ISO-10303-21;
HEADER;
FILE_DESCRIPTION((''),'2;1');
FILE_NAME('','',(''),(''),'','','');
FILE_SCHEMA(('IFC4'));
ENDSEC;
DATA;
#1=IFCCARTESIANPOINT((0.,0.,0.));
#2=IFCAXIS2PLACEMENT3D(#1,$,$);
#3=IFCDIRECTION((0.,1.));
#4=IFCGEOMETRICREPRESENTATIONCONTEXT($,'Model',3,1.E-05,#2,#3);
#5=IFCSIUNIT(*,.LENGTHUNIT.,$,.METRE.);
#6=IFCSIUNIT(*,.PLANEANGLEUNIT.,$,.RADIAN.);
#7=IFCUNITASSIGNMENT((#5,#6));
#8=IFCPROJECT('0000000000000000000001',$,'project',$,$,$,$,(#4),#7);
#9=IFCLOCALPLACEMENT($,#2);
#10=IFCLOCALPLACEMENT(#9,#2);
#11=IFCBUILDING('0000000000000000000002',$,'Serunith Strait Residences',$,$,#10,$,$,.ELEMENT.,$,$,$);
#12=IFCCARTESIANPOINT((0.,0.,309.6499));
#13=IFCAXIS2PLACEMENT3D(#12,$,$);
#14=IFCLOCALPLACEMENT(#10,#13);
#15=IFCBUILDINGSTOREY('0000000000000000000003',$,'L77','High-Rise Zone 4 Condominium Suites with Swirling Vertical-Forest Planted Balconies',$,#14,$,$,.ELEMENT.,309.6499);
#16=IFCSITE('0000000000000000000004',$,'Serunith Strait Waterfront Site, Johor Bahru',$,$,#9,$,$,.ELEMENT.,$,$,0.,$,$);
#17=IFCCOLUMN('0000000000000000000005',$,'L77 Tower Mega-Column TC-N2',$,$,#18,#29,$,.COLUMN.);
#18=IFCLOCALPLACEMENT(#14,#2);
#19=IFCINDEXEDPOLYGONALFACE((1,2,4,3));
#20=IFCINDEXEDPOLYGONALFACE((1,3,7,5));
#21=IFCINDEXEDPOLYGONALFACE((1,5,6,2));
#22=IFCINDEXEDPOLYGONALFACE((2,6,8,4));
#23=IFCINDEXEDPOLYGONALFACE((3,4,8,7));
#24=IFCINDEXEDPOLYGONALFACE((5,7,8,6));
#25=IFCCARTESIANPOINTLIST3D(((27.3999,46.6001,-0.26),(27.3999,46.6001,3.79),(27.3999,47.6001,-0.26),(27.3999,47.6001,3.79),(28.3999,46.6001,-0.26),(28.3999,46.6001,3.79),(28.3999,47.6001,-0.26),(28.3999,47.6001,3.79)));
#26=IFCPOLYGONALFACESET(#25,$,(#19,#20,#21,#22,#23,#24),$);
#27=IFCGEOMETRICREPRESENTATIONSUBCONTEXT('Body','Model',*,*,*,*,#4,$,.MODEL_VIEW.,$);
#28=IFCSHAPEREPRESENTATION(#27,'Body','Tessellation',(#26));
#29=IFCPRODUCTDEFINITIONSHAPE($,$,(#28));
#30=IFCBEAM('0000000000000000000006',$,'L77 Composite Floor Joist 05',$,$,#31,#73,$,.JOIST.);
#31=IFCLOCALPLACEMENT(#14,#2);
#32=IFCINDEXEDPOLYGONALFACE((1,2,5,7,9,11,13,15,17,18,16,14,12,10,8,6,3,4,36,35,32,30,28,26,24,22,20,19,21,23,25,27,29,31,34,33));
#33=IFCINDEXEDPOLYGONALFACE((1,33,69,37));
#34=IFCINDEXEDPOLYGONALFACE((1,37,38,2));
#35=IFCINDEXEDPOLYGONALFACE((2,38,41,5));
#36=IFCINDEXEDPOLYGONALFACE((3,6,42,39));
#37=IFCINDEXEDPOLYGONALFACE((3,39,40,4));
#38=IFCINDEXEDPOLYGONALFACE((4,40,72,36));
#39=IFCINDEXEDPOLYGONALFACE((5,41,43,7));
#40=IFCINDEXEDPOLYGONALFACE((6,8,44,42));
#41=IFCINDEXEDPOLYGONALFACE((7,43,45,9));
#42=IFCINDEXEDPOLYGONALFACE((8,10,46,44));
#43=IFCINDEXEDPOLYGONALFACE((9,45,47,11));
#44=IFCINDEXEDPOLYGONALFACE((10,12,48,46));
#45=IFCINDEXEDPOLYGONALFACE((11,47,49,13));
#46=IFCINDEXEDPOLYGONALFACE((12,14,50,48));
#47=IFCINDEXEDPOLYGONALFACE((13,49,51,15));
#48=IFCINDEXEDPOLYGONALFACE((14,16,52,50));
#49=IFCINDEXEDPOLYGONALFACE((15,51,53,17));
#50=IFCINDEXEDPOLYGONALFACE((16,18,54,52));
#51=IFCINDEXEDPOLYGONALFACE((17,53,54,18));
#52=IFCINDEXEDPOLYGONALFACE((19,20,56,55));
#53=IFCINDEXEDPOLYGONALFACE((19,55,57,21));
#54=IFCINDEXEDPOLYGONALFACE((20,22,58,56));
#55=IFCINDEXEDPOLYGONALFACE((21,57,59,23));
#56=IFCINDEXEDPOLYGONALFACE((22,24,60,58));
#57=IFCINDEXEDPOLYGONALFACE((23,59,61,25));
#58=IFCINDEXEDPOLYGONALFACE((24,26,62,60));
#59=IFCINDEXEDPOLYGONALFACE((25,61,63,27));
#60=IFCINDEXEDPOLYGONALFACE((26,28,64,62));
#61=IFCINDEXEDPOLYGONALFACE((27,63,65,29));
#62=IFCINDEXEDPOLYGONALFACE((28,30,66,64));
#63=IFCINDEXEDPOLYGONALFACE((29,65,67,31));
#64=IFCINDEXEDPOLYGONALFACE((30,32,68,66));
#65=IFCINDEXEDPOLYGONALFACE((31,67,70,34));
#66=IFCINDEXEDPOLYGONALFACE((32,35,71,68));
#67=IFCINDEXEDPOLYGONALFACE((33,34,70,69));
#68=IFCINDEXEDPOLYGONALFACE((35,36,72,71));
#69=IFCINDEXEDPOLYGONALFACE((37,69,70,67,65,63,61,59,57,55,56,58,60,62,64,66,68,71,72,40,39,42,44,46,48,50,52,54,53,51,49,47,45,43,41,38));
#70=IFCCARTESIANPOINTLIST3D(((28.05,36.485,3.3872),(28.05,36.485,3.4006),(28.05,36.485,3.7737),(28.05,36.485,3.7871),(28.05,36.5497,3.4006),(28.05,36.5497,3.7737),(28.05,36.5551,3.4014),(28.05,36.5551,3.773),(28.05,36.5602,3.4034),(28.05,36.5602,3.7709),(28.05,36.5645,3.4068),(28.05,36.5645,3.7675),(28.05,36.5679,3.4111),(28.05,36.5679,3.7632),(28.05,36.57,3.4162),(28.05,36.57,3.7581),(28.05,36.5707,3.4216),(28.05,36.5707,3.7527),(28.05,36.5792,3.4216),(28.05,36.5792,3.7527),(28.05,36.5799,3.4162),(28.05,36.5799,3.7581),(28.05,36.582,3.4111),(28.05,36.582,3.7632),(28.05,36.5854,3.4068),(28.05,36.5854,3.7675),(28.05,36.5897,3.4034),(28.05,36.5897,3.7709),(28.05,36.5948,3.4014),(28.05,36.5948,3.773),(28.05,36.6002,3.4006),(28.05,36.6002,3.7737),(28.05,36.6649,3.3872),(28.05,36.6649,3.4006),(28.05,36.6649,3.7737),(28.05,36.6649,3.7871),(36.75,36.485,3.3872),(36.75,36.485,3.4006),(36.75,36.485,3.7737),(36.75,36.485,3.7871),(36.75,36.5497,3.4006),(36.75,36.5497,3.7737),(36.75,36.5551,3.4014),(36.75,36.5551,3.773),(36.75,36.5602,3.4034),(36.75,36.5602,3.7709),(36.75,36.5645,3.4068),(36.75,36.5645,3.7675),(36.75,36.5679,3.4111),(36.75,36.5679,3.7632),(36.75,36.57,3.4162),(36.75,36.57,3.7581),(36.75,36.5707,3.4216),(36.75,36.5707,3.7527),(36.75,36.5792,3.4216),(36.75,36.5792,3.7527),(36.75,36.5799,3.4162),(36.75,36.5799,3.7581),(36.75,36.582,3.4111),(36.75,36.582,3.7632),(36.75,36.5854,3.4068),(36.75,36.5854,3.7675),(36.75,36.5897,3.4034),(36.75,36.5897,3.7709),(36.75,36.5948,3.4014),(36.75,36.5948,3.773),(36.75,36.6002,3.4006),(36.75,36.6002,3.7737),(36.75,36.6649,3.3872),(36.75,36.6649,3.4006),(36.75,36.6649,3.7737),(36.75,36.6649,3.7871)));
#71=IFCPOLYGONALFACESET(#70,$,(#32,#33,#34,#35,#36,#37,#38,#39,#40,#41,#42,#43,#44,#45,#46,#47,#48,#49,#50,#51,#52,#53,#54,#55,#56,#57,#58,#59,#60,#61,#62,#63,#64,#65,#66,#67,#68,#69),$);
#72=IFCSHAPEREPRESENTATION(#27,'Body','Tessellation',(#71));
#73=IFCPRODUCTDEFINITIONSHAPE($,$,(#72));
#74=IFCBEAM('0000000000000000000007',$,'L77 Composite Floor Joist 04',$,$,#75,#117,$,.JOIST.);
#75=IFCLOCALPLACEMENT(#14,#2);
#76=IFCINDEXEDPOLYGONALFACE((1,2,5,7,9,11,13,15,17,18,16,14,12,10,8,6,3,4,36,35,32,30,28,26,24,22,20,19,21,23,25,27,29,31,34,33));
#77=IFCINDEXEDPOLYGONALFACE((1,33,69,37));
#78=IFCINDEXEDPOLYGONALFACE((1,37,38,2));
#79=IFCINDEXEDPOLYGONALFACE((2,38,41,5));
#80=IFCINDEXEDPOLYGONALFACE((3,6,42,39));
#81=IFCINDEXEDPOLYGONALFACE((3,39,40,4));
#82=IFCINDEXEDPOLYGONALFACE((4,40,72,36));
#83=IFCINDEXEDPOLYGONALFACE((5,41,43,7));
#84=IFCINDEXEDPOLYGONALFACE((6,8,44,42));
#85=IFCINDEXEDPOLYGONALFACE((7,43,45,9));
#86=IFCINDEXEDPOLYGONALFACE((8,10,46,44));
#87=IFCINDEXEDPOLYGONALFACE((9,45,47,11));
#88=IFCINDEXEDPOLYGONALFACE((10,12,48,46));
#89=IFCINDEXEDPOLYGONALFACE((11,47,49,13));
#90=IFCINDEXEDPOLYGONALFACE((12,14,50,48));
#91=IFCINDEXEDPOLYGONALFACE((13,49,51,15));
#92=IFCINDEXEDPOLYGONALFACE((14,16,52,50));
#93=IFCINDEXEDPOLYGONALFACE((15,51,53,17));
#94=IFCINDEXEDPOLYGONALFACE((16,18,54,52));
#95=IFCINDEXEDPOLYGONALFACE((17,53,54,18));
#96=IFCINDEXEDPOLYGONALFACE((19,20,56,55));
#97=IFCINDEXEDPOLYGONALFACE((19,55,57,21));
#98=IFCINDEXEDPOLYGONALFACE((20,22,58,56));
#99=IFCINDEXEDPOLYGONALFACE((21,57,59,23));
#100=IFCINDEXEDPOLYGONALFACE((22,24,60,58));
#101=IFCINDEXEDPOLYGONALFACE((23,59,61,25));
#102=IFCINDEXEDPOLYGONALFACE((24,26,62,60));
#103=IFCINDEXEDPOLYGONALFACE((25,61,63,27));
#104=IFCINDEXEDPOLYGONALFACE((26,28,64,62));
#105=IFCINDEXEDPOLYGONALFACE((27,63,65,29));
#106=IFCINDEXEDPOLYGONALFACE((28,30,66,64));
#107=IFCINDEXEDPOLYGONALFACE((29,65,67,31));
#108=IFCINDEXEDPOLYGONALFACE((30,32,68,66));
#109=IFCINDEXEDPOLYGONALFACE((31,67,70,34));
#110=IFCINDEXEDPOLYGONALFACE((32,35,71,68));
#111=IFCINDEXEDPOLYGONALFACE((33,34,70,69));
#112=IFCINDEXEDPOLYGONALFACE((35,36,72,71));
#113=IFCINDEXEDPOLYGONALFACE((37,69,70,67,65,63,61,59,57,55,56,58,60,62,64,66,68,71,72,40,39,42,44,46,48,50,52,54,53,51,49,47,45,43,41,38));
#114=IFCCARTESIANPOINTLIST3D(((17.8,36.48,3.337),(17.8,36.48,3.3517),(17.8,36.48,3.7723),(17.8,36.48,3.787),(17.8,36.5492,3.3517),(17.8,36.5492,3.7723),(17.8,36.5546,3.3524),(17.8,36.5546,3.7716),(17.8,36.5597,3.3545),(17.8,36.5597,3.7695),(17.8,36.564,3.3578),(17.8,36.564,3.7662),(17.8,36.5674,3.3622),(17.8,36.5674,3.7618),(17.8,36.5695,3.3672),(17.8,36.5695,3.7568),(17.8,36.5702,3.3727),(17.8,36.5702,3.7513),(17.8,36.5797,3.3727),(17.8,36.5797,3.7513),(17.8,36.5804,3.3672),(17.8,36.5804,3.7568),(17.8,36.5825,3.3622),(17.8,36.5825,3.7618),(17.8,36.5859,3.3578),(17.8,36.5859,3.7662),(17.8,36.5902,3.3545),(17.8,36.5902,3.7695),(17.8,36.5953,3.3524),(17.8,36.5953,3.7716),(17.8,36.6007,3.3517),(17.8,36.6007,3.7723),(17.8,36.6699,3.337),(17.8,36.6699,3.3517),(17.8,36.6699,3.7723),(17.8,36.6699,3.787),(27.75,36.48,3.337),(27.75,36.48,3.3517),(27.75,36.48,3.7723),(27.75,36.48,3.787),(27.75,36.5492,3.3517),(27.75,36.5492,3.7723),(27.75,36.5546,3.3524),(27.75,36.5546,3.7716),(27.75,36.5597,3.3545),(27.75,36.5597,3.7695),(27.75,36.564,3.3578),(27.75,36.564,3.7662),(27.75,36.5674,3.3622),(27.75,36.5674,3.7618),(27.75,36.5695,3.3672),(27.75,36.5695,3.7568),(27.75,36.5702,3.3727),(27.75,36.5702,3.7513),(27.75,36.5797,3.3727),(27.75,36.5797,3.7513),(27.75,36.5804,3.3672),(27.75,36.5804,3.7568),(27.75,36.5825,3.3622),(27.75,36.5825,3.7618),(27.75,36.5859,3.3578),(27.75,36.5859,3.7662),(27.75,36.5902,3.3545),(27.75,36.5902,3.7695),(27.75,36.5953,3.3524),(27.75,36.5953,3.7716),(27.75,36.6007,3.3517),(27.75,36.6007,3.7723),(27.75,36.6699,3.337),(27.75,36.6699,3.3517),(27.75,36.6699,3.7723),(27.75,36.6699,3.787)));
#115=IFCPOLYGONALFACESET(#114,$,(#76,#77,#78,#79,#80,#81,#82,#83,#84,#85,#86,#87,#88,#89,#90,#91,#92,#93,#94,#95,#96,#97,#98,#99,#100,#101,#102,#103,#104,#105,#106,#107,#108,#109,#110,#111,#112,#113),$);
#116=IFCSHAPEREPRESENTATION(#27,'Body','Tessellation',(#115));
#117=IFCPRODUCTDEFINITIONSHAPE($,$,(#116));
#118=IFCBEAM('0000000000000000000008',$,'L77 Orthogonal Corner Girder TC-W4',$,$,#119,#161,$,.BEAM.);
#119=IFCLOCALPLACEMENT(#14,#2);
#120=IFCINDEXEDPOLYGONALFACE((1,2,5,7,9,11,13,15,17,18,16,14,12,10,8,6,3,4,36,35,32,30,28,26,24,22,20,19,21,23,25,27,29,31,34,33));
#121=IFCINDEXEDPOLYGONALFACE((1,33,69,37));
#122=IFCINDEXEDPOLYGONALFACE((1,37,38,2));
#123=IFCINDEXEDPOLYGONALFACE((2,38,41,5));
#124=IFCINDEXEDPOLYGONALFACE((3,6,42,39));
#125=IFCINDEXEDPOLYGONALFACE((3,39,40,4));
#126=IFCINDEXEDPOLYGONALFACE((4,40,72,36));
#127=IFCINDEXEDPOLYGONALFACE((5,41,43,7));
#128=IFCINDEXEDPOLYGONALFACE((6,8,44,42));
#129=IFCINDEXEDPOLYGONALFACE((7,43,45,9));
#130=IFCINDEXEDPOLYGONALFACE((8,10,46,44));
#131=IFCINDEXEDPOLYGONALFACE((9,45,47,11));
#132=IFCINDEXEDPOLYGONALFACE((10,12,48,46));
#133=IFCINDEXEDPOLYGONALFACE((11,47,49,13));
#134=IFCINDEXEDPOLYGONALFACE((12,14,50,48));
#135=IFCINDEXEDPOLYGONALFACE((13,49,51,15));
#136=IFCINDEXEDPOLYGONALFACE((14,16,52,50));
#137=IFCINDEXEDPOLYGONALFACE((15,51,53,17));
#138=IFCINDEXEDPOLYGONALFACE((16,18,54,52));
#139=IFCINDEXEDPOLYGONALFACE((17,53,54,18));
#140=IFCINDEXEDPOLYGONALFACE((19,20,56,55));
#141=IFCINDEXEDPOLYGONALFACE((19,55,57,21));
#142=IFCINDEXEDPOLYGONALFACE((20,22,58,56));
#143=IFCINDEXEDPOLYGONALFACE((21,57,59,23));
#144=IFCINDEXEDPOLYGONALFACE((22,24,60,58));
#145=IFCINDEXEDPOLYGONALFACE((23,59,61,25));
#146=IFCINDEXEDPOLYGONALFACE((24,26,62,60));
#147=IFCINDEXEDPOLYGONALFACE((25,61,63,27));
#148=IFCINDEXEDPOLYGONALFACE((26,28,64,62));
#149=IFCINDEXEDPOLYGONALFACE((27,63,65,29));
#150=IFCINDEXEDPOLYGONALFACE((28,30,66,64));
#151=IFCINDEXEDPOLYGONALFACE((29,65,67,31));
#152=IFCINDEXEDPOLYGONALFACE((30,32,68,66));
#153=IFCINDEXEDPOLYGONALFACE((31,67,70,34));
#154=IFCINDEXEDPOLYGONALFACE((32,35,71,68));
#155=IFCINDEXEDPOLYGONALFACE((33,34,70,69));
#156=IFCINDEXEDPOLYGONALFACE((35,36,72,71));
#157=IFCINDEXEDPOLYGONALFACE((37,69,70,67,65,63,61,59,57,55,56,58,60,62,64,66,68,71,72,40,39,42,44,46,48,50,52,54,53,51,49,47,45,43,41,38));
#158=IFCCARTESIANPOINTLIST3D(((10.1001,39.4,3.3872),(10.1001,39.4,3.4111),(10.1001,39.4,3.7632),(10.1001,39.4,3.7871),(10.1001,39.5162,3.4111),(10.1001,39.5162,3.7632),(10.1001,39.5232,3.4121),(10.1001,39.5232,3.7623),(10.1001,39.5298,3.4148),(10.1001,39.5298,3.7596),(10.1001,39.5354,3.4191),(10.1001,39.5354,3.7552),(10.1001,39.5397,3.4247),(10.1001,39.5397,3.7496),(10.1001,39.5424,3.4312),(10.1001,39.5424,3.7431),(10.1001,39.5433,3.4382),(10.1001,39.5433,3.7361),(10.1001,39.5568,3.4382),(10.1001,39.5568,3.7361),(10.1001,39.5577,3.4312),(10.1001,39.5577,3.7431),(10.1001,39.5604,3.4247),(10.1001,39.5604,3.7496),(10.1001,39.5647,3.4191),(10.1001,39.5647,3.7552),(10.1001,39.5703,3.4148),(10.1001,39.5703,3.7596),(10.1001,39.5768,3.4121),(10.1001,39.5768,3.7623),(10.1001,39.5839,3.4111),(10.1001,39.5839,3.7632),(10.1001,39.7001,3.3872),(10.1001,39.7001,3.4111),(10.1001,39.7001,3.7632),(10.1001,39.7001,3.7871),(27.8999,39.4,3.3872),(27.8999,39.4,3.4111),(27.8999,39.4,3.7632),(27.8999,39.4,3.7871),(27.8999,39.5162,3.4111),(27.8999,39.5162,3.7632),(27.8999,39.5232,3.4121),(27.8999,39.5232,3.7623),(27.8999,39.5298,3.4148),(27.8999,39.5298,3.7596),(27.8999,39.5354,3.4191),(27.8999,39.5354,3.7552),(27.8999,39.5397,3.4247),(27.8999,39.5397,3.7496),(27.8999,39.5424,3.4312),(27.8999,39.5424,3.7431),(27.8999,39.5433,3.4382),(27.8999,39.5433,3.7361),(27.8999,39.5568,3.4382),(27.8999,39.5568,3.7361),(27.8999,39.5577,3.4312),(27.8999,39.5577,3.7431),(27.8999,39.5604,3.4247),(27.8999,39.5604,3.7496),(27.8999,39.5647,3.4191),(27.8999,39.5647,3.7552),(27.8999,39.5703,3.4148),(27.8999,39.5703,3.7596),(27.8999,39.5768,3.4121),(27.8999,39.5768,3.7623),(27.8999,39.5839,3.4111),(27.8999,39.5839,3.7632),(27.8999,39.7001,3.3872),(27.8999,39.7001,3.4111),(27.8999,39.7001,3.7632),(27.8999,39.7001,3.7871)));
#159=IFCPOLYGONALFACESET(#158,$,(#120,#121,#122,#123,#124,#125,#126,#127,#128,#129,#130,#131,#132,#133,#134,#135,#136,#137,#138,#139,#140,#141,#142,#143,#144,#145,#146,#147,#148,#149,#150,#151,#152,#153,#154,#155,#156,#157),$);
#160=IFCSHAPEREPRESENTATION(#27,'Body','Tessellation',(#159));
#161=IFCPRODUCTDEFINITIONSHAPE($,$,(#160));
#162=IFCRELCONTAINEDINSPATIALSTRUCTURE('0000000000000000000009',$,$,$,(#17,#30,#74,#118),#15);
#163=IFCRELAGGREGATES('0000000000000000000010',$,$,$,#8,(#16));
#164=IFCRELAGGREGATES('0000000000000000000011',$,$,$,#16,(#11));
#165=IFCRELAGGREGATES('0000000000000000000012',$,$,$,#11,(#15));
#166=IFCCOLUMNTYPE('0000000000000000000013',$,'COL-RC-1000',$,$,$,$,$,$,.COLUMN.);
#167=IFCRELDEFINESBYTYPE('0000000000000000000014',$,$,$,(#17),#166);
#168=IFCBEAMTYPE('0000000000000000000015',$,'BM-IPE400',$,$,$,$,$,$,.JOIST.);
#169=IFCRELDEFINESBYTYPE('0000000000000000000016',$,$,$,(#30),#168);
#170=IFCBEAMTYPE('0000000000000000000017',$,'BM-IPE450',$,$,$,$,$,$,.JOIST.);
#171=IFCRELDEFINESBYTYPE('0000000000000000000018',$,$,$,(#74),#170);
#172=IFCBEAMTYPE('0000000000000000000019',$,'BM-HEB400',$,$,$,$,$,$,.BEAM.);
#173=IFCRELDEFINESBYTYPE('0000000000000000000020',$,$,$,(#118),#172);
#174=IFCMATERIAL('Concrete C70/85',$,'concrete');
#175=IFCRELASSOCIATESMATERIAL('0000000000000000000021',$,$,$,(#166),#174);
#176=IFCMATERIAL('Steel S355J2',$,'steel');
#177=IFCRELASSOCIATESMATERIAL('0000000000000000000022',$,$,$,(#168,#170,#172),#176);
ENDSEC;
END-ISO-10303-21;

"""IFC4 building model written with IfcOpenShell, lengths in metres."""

from ifc_helpers import new_model, si_unit, direction, frame, origin, origin_2d, place, context, subcontext, project, spatial, rectangle, i_section, extrude, source, transform, mapped, material, material_profile, profile_set, type_object, element, save


model = new_model("IFC4")

# Units and contexts
model_context = context("Model", 3, precision=1e-05, world=origin(), true_north=direction((0.0, 1.0)))
body_context = subcontext(model_context, "Body", "Model", "MODEL_VIEW")
ifc_project = project(units=[si_unit("LENGTHUNIT", "METRE"), si_unit("PLANEANGLEUNIT", "RADIAN")], contexts=[model_context])

# Site, building, storey
site_placement = place(None, origin())
site = spatial("IfcSite", under=ifc_project, at=site_placement, Name="Serunith Strait Waterfront Site, Johor Bahru", CompositionType="ELEMENT", RefElevation=0.0)
building_placement = place(site_placement, origin())
building = spatial("IfcBuilding", under=site, at=building_placement, Name="Serunith Strait Residences", CompositionType="ELEMENT")
storey_placement = place(building_placement, frame((0.0, 0.0, 309.6499)))
storey = spatial("IfcBuildingStorey", under=building, at=storey_placement, Name="L77", Description="High-Rise Zone 4 Condominium Suites with Swirling Vertical-Forest Planted Balconies", CompositionType="ELEMENT", Elevation=309.6499)

# Column
ifc_material_1 = material(Name="Concrete C70/85", Category="concrete")
ifc_material_profile_1 = material_profile(ifc_material_1, rectangle(XDim=1.0, YDim=1.0, at=origin_2d()), Name="RC 1000x1000")
ifc_profile_set_1 = profile_set([ifc_material_profile_1], Name="Concrete C70/85")
column_type = type_object("IfcColumnType", Name="COL-RC-1000", PredefinedType="COLUMN", material=ifc_profile_set_1)
shared_shape_1 = source(origin(), body_context, "Body", "SweptSolid", [
    extrude(rectangle(XDim=1.0, YDim=1.0, at=origin_2d()), origin(), (0.0, 0.0, 1.0), 4.05),
])
column_placement = place(storey_placement, frame((27.8999, 47.1001, -0.26), z_axis=(0.0, 0.0, 1.0), x_axis=(1.0, 0.0, 0.0)))
element("IfcColumn", 1, at=column_placement, inside=storey, type_object=column_type, Name="L77 Tower Mega-Column TC-N2", PredefinedType="COLUMN", context=body_context, shape_type="MappedRepresentation", body=[
    mapped(shared_shape_1, transform((0.0, 0.0, 0.0), scale=1.0)),
])

# Beams
ifc_material_2 = material(Name="Steel S355J2", Category="steel")
ifc_material_profile_2 = material_profile(ifc_material_2, i_section(OverallWidth=0.1799, OverallDepth=0.3999, WebThickness=0.0085, FlangeThickness=0.0134, FilletRadius=0.021, at=origin_2d()), Name="IPE 400")
ifc_profile_set_2 = profile_set([ifc_material_profile_2], Name="Steel S355J2")
beam_type_1 = type_object("IfcBeamType", Name="BM-IPE400", PredefinedType="JOIST", material=ifc_profile_set_2)
shared_shape_2 = source(origin(), body_context, "Body", "SweptSolid", [
    extrude(i_section(OverallWidth=0.1799, OverallDepth=0.3999, WebThickness=0.0085, FlangeThickness=0.0134, FilletRadius=0.021, at=origin_2d()), origin(), (0.0, 0.0, 1.0), 8.7),
])
beam_1_placement = place(storey_placement, frame((28.05, 36.575, 3.5872), z_axis=(1.0, 0.0, 0.0), x_axis=(0.0, 1.0, 0.0)))
element("IfcBeam", 2, at=beam_1_placement, inside=storey, type_object=beam_type_1, Name="L77 Composite Floor Joist 05", PredefinedType="JOIST", context=body_context, shape_type="MappedRepresentation", body=[
    mapped(shared_shape_2, transform((0.0, 0.0, 0.0), scale=1.0)),
])
ifc_material_profile_3 = material_profile(ifc_material_2, i_section(OverallWidth=0.1899, OverallDepth=0.45, WebThickness=0.0095, FlangeThickness=0.0146, FilletRadius=0.021, at=origin_2d()), Name="IPE 450")
ifc_profile_set_3 = profile_set([ifc_material_profile_3], Name="Steel S355J2")
beam_type_2 = type_object("IfcBeamType", Name="BM-IPE450", PredefinedType="JOIST", material=ifc_profile_set_3)
shared_shape_3 = source(origin(), body_context, "Body", "SweptSolid", [
    extrude(i_section(OverallWidth=0.1899, OverallDepth=0.45, WebThickness=0.0095, FlangeThickness=0.0146, FilletRadius=0.021, at=origin_2d()), origin(), (0.0, 0.0, 1.0), 9.95),
])
beam_2_placement = place(storey_placement, frame((17.8, 36.575, 3.562), z_axis=(1.0, 0.0, 0.0), x_axis=(0.0, 1.0, 0.0)))
element("IfcBeam", 3, at=beam_2_placement, inside=storey, type_object=beam_type_2, Name="L77 Composite Floor Joist 04", PredefinedType="JOIST", context=body_context, shape_type="MappedRepresentation", body=[
    mapped(shared_shape_3, transform((0.0, 0.0, 0.0), scale=1.0)),
])
ifc_material_profile_4 = material_profile(ifc_material_2, i_section(OverallWidth=0.3, OverallDepth=0.3999, WebThickness=0.0134, FlangeThickness=0.0239, FilletRadius=0.0271, at=origin_2d()), Name="HEB 400")
ifc_profile_set_4 = profile_set([ifc_material_profile_4], Name="Steel S355J2")
beam_type_3 = type_object("IfcBeamType", Name="BM-HEB400", PredefinedType="BEAM", material=ifc_profile_set_4)
shared_shape_4 = source(origin(), body_context, "Body", "SweptSolid", [
    extrude(i_section(OverallWidth=0.3, OverallDepth=0.3999, WebThickness=0.0134, FlangeThickness=0.0239, FilletRadius=0.0271, at=origin_2d()), origin(), (0.0, 0.0, 1.0), 17.7998),
])
beam_3_placement = place(storey_placement, frame((27.8999, 39.55, 3.5872), z_axis=(-1.0, 0.0, 0.0), x_axis=(0.0, -1.0, 0.0)))
element("IfcBeam", 4, at=beam_3_placement, inside=storey, type_object=beam_type_3, Name="L77 Orthogonal Corner Girder TC-W4", PredefinedType="BEAM", context=body_context, shape_type="MappedRepresentation", body=[
    mapped(shared_shape_4, transform((0.0, 0.0, 0.0), scale=1.0)),
])

save(model, "model.ifc")
